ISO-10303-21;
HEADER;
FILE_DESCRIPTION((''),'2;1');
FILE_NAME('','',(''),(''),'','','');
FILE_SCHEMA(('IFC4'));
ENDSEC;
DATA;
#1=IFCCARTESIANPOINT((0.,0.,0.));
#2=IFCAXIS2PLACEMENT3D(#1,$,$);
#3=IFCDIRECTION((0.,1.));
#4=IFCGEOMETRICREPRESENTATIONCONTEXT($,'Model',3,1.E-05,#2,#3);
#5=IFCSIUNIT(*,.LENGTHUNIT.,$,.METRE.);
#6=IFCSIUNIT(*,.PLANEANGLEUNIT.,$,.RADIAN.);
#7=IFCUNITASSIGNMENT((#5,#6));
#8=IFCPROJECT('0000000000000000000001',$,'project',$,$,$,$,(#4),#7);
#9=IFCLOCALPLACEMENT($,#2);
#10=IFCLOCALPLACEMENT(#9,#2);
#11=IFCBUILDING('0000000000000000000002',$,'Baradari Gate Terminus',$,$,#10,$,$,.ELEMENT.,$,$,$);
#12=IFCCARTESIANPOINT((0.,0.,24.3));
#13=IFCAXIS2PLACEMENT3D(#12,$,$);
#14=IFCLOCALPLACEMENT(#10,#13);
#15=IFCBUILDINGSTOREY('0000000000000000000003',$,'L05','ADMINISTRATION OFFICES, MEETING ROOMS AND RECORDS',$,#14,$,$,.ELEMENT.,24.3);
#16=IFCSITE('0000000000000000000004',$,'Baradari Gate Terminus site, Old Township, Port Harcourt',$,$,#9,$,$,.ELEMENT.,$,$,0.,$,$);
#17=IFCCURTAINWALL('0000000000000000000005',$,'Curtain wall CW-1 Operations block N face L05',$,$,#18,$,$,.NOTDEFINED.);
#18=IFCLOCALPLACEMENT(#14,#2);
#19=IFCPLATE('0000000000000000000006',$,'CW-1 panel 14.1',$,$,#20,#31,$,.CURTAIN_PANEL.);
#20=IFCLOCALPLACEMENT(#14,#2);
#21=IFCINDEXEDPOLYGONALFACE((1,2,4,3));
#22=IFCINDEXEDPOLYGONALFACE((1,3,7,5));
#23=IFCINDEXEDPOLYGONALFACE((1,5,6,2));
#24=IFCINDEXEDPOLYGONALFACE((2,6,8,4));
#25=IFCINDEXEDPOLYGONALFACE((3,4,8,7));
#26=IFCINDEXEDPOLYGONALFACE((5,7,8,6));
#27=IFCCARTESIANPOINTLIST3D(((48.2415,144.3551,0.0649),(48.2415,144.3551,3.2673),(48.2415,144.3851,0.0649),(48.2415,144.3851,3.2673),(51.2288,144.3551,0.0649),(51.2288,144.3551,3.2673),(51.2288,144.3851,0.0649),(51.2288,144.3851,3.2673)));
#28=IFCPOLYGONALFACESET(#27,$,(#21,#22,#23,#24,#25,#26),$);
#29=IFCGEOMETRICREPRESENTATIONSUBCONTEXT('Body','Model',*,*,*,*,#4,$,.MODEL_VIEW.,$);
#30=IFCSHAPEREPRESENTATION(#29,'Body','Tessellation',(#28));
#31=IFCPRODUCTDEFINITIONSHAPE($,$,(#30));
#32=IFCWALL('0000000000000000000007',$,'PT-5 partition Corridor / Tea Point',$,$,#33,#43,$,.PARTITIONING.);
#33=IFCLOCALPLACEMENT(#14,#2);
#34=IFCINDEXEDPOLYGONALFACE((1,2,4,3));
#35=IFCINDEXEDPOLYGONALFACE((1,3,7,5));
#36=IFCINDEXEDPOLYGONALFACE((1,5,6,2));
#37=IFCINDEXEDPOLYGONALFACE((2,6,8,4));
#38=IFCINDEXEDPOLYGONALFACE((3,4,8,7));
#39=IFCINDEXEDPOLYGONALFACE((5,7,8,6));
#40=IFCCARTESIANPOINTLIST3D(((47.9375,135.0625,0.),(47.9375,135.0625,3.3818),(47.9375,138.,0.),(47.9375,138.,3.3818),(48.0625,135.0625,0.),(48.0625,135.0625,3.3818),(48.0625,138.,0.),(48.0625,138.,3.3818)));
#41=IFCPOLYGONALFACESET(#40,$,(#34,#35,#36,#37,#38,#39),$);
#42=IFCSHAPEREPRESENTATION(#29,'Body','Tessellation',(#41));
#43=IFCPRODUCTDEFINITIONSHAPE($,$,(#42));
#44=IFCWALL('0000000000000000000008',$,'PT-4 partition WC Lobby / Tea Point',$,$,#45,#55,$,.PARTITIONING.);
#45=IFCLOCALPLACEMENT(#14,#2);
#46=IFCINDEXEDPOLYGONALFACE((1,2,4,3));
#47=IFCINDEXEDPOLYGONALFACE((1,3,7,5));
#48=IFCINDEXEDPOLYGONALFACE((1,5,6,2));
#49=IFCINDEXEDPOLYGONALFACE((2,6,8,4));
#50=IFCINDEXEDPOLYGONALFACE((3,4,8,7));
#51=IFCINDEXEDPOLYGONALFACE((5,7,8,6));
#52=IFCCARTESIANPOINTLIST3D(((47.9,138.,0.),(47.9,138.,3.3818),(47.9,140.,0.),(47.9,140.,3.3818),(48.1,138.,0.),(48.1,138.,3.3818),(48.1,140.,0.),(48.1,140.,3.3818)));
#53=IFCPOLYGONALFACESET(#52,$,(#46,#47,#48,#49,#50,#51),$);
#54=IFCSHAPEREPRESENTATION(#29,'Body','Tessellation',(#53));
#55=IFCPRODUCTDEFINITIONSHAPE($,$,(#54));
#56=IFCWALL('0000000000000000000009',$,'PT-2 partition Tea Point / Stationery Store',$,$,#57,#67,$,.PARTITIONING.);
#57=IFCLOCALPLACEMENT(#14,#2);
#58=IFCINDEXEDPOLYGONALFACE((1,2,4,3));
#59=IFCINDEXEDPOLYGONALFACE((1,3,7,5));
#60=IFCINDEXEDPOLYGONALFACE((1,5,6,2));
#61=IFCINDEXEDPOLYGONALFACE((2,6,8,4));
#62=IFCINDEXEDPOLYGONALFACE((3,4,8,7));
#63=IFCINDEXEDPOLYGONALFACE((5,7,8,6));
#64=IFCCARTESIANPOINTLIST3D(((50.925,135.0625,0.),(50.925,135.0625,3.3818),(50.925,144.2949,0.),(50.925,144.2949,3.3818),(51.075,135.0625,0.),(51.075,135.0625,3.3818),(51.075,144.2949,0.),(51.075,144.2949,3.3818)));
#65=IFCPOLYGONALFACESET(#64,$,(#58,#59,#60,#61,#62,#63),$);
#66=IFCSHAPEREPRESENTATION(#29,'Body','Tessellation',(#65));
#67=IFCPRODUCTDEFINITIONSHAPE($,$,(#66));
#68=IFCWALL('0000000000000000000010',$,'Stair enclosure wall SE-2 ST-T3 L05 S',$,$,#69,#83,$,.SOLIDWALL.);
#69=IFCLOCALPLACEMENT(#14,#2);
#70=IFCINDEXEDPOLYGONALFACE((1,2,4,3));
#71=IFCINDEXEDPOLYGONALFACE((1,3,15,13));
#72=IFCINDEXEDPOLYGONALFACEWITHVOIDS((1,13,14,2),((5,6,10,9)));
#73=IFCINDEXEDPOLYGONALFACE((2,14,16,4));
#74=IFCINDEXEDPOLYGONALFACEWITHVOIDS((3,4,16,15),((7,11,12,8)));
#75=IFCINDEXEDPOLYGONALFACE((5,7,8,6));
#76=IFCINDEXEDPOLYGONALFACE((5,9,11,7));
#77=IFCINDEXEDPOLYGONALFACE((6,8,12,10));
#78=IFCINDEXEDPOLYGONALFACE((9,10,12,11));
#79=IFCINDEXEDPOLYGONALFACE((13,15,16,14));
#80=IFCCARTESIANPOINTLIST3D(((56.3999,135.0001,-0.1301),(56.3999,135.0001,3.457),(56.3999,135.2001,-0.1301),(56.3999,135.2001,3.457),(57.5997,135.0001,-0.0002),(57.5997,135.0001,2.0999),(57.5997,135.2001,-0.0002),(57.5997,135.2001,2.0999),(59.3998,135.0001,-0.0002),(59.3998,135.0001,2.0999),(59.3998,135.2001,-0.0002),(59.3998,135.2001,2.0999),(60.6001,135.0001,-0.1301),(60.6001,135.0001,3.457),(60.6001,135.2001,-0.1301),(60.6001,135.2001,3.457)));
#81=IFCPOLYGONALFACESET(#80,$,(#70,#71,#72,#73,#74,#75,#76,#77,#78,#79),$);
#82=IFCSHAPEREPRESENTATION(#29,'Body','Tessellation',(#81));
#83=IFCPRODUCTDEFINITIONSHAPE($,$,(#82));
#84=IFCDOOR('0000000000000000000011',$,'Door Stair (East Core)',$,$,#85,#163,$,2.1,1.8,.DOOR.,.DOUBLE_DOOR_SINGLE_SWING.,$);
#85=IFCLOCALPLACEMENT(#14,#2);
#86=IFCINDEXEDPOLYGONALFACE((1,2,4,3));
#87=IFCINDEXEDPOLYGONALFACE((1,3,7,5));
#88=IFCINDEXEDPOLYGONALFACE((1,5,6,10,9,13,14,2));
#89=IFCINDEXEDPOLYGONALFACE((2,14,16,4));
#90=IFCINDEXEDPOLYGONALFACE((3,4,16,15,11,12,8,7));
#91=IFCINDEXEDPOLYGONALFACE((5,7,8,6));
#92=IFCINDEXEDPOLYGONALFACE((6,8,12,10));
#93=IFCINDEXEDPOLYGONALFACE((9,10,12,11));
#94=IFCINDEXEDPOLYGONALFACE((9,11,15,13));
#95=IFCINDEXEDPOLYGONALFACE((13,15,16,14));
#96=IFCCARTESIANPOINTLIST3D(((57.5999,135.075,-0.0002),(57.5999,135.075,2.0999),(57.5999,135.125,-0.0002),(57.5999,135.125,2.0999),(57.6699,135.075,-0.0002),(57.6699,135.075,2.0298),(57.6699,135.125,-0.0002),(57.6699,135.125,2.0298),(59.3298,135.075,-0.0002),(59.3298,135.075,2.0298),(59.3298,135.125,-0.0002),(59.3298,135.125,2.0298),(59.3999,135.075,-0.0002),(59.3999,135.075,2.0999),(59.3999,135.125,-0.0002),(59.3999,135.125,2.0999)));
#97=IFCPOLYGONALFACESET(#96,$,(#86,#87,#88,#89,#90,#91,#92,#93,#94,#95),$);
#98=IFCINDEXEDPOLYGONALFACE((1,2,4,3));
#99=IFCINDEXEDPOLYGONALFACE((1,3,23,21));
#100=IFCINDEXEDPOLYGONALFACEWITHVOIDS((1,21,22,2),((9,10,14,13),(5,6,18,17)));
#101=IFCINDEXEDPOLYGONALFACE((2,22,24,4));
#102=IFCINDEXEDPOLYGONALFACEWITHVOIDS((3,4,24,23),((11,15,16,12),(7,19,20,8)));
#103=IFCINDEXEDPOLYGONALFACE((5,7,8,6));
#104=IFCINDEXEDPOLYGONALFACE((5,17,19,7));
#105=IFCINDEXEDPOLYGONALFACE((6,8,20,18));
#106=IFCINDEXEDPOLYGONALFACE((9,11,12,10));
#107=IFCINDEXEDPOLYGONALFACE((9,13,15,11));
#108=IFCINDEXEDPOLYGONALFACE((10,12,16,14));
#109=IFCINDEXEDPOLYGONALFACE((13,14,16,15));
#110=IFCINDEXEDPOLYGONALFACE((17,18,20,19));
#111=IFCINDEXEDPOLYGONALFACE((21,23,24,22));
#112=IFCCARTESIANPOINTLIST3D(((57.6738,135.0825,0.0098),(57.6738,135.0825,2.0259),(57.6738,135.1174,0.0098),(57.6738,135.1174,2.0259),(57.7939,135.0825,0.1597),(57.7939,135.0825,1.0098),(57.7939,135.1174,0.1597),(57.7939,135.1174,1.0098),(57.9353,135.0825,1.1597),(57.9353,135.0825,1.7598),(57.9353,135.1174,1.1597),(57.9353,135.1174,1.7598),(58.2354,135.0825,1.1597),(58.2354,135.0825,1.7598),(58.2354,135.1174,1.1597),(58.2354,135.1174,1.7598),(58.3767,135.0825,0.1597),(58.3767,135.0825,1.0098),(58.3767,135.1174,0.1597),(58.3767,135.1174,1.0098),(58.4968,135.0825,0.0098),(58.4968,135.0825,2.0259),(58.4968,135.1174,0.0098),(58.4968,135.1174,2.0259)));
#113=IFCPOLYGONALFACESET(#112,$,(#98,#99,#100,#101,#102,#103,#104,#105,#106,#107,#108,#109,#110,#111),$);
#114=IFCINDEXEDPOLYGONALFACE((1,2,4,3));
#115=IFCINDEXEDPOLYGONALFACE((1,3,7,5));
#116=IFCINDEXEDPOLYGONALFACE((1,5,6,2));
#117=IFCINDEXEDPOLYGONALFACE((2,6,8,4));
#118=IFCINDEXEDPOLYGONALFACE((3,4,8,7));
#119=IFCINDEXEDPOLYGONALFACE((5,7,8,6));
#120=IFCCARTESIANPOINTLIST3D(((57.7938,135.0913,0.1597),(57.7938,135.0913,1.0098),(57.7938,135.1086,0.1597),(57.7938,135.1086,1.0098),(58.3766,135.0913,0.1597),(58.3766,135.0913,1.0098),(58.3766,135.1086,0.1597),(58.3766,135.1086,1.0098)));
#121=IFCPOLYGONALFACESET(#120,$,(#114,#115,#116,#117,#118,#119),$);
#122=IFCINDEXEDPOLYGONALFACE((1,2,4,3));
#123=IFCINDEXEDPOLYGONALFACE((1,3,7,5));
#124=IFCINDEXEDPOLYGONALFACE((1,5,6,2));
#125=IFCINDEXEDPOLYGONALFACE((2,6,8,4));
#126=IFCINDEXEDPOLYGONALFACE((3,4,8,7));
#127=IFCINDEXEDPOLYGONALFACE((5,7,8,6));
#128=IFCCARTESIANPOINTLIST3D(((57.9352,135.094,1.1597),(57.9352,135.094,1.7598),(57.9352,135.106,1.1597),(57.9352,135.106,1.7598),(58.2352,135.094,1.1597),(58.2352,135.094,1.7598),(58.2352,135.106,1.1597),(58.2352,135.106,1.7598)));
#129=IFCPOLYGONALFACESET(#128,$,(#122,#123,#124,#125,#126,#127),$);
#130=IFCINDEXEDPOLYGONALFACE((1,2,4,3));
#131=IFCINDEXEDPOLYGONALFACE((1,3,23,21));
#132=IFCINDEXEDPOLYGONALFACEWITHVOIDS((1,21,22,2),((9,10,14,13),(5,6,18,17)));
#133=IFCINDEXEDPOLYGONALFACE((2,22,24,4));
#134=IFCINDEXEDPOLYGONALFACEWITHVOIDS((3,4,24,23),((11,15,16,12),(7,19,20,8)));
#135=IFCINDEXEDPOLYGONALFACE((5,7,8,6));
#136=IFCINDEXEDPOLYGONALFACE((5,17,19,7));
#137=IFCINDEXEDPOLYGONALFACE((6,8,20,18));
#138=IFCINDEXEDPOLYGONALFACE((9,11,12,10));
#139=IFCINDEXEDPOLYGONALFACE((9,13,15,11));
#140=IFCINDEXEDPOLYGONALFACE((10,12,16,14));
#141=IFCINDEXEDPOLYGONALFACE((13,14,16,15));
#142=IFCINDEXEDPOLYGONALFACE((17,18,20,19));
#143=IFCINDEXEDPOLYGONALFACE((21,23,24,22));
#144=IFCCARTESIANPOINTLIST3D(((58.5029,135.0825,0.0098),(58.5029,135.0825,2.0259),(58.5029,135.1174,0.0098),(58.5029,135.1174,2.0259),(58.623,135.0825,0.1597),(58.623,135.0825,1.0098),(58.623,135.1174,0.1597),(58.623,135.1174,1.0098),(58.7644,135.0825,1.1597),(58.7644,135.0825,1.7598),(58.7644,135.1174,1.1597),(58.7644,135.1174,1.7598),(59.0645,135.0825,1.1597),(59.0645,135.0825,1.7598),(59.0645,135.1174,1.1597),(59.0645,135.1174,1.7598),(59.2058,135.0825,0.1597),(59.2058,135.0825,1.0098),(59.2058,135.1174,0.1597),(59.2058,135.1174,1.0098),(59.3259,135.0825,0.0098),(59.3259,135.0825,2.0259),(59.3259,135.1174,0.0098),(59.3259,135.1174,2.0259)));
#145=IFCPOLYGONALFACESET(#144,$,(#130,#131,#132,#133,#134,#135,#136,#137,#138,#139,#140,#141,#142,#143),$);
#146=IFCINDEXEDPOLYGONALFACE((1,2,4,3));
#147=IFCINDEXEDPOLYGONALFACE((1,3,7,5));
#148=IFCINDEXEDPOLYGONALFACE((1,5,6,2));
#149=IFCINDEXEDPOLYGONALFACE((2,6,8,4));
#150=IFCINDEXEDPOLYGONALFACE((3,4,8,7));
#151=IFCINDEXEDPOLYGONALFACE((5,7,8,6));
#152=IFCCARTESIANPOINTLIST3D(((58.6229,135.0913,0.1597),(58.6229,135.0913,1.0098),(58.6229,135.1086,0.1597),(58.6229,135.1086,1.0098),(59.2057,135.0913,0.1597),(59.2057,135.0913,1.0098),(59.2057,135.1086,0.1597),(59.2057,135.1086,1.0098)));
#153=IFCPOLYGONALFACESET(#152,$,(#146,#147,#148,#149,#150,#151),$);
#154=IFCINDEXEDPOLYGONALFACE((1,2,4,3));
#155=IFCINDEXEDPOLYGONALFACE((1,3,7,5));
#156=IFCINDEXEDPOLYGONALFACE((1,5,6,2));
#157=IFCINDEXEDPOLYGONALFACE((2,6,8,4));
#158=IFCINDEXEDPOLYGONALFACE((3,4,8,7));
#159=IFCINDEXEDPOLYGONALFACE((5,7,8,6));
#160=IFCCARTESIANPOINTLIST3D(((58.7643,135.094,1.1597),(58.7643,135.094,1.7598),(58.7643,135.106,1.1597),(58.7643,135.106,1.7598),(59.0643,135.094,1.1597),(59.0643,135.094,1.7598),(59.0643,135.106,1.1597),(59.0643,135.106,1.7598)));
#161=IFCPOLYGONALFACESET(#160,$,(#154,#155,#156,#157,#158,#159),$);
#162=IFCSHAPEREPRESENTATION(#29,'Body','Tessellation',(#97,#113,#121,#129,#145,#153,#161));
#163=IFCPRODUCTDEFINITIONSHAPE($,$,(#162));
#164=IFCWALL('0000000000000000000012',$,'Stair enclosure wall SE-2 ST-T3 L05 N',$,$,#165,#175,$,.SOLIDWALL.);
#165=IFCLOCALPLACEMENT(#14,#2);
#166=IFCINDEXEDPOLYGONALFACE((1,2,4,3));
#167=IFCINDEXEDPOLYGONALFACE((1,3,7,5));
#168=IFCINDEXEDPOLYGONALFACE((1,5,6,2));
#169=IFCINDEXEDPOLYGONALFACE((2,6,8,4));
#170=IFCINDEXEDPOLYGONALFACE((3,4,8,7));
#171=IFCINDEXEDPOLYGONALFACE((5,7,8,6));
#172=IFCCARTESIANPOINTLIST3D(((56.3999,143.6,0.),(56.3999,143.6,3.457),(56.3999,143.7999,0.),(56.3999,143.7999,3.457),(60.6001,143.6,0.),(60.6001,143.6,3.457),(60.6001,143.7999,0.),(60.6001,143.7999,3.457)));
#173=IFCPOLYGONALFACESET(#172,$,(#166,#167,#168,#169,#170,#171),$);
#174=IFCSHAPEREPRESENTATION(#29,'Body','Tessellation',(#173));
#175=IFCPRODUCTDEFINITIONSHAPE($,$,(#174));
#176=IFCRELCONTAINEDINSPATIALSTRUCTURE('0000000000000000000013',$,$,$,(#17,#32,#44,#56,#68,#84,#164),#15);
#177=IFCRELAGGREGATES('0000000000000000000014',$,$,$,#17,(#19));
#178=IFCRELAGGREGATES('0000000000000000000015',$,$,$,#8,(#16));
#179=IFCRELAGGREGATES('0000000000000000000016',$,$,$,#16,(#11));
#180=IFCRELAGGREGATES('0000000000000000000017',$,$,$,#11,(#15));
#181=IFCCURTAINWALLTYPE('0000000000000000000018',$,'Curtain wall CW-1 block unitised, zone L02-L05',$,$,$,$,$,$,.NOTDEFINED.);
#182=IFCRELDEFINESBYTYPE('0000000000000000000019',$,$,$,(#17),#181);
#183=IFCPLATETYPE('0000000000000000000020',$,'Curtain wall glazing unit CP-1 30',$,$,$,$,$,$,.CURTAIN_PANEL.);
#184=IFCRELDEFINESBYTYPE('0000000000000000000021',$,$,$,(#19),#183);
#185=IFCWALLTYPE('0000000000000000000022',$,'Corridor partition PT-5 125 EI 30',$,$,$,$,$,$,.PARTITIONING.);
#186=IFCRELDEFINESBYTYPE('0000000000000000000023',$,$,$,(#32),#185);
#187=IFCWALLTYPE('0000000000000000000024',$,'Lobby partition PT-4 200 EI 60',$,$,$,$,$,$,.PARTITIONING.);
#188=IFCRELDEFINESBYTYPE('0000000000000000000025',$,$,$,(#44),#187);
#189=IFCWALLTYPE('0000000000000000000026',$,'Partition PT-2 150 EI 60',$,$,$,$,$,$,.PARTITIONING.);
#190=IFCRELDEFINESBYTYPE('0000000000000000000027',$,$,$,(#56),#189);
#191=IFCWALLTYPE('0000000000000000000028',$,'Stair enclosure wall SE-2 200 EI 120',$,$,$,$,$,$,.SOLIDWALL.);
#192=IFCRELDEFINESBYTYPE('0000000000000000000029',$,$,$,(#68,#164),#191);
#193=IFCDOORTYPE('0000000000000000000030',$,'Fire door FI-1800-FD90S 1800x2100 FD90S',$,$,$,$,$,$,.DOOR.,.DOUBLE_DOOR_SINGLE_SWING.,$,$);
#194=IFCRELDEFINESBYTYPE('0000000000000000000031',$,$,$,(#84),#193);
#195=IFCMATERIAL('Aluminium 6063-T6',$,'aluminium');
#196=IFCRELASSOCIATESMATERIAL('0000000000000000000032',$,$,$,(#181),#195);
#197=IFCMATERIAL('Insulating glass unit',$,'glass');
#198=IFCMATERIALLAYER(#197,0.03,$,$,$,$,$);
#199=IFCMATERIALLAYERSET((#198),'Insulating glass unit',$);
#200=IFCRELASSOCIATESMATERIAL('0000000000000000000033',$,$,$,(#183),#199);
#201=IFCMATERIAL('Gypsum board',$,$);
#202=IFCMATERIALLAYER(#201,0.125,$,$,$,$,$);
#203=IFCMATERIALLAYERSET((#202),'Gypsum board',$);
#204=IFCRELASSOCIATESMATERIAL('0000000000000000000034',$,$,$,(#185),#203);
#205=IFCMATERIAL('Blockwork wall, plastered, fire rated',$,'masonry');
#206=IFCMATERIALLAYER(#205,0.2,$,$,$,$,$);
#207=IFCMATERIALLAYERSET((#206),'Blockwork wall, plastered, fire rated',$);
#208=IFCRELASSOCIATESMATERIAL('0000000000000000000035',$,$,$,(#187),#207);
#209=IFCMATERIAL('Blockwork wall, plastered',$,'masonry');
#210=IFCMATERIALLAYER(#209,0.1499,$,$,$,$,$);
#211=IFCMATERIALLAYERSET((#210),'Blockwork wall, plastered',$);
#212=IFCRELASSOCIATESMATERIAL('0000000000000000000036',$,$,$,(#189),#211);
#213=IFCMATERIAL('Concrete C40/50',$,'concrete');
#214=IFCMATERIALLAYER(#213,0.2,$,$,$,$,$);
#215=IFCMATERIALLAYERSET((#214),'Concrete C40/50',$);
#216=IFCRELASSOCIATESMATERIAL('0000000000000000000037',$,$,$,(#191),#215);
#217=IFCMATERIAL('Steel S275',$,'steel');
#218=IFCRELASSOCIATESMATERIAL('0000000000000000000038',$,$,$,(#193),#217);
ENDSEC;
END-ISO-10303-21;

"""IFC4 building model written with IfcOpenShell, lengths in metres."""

from ifc_helpers import new_model, si_unit, direction, frame, frame_2d, origin, origin_2d, place, context, subcontext, project, spatial, polyline, rectangle, outline, extrude, material, layer, layer_set, type_object, element, fill, aggregate, save


model = new_model("IFC4")

# Units and contexts
model_context = context("Model", 3, precision=1e-05, world=origin(), true_north=direction((0.0, 1.0)))
body_context = subcontext(model_context, "Body", "Model", "MODEL_VIEW")
ifc_project = project(units=[si_unit("LENGTHUNIT", "METRE"), si_unit("PLANEANGLEUNIT", "RADIAN")], contexts=[model_context])

# Site, building, storey
site_placement = place(None, origin())
site = spatial("IfcSite", under=ifc_project, at=site_placement, Name="Baradari Gate Terminus site, Old Township, Port Harcourt", CompositionType="ELEMENT", RefElevation=0.0)
building_placement = place(site_placement, origin())
building = spatial("IfcBuilding", under=site, at=building_placement, Name="Baradari Gate Terminus", CompositionType="ELEMENT")
storey_placement = place(building_placement, frame((0.0, 0.0, 24.3)))
storey = spatial("IfcBuildingStorey", under=building, at=storey_placement, Name="L05", Description="ADMINISTRATION OFFICES, MEETING ROOMS AND RECORDS", CompositionType="ELEMENT", Elevation=24.3)

# Curtain wall
ifc_material_1 = material(Name="Aluminium 6063-T6", Category="aluminium")
curtain_wall_type = type_object("IfcCurtainWallType", Name="Curtain wall CW-1 block unitised, zone L02-L05", PredefinedType="NOTDEFINED", material=ifc_material_1)
curtain_wall_placement = place(storey_placement, origin())
curtain_wall = element("IfcCurtainWall", 1, at=curtain_wall_placement, inside=storey, type_object=curtain_wall_type, Name="Curtain wall CW-1 Operations block N face L05", PredefinedType="NOTDEFINED")

# Plate
ifc_material_2 = material(Name="Insulating glass unit", Category="glass")
ifc_layer_1 = layer(ifc_material_2, 0.03)
ifc_layer_set_1 = layer_set([ifc_layer_1], Name="Insulating glass unit")
plate_type = type_object("IfcPlateType", Name="Curtain wall glazing unit CP-1 30", PredefinedType="CURTAIN_PANEL", material=ifc_layer_set_1)
plate_placement = place(storey_placement, frame((49.7351, 144.3701, 0.0649), z_axis=(0.0, 0.0, 1.0), x_axis=(1.0, 0.0, 0.0)))
plate = element("IfcPlate", 2, at=plate_placement, type_object=plate_type, Name="CW-1 panel 14.1", PredefinedType="CURTAIN_PANEL", context=body_context, shape_type="SweptSolid", body=[
    extrude(rectangle(XDim=2.9873, YDim=0.03, at=origin_2d()), origin(), (0.0, 0.0, 1.0), 3.2024),
])
aggregate(curtain_wall, [plate])

# Walls
ifc_material_3 = material(Name="Gypsum board")
ifc_layer_2 = layer(ifc_material_3, 0.125)
ifc_layer_set_2 = layer_set([ifc_layer_2], Name="Gypsum board")
wall_type_1 = type_object("IfcWallType", Name="Corridor partition PT-5 125 EI 30", PredefinedType="PARTITIONING", material=ifc_layer_set_2)
wall_1_placement = place(storey_placement, frame((48.0, 138.0, 0.0), z_axis=(0.0, 0.0, 1.0), x_axis=(0.0, -1.0, 0.0)))
element("IfcWall", 3, at=wall_1_placement, inside=storey, type_object=wall_type_1, Name="PT-5 partition Corridor / Tea Point", PredefinedType="PARTITIONING", context=body_context, shape_type="SweptSolid", body=[
    extrude(rectangle(XDim=2.9375, YDim=0.125, at=frame_2d((1.4688, 0.0))), origin(), (0.0, 0.0, 1.0), 3.3818),
])
ifc_material_4 = material(Name="Blockwork wall, plastered, fire rated", Category="masonry")
ifc_layer_3 = layer(ifc_material_4, 0.2)
ifc_layer_set_3 = layer_set([ifc_layer_3], Name="Blockwork wall, plastered, fire rated")
wall_type_2 = type_object("IfcWallType", Name="Lobby partition PT-4 200 EI 60", PredefinedType="PARTITIONING", material=ifc_layer_set_3)
wall_2_placement = place(storey_placement, frame((48.0, 140.0, 0.0), z_axis=(0.0, 0.0, 1.0), x_axis=(0.0, -1.0, 0.0)))
element("IfcWall", 4, at=wall_2_placement, inside=storey, type_object=wall_type_2, Name="PT-4 partition WC Lobby / Tea Point", PredefinedType="PARTITIONING", context=body_context, shape_type="SweptSolid", body=[
    extrude(rectangle(XDim=2.0, YDim=0.2, at=frame_2d((1.0, 0.0))), origin(), (0.0, 0.0, 1.0), 3.3818),
])
ifc_material_5 = material(Name="Blockwork wall, plastered", Category="masonry")
ifc_layer_4 = layer(ifc_material_5, 0.1499)
ifc_layer_set_4 = layer_set([ifc_layer_4], Name="Blockwork wall, plastered")
wall_type_3 = type_object("IfcWallType", Name="Partition PT-2 150 EI 60", PredefinedType="PARTITIONING", material=ifc_layer_set_4)
wall_3_placement = place(storey_placement, frame((51.0, 144.2949, 0.0), z_axis=(0.0, 0.0, 1.0), x_axis=(0.0, -1.0, 0.0)))
element("IfcWall", 5, at=wall_3_placement, inside=storey, type_object=wall_type_3, Name="PT-2 partition Tea Point / Stationery Store", PredefinedType="PARTITIONING", context=body_context, shape_type="SweptSolid", body=[
    extrude(rectangle(XDim=9.2324, YDim=0.1499, at=frame_2d((4.6162, 0.0))), origin(), (0.0, 0.0, 1.0), 3.3818),
])

# Wall, opening, door
ifc_material_6 = material(Name="Concrete C40/50", Category="concrete")
ifc_layer_5 = layer(ifc_material_6, 0.2)
ifc_layer_set_5 = layer_set([ifc_layer_5], Name="Concrete C40/50")
wall_type_4 = type_object("IfcWallType", Name="Stair enclosure wall SE-2 200 EI 120", PredefinedType="SOLIDWALL", material=ifc_layer_set_5)
wall_4_placement = place(storey_placement, frame((56.3999, 135.1001, -0.1301), z_axis=(0.0, 0.0, 1.0), x_axis=(1.0, 0.0, 0.0)))
wall_4 = element("IfcWall", 6, at=wall_4_placement, inside=storey, type_object=wall_type_4, Name="Stair enclosure wall SE-2 ST-T3 L05 S", PredefinedType="SOLIDWALL", context=body_context, shape_type="SweptSolid", body=[
    extrude(rectangle(XDim=4.2002, YDim=0.2, at=frame_2d((2.1001, 0.0))), origin(), (0.0, 0.0, 1.0), 3.5872),
])
opening_1_placement = place(wall_4_placement, frame((1.2, 0.0, 0.1299)))
opening_1 = element("IfcOpeningElement", 7, at=opening_1_placement, cuts=wall_4, PredefinedType="OPENING", context=body_context, shape_type="SweptSolid", body=[
    extrude(rectangle(XDim=1.8, YDim=2.1001, at=frame_2d((0.8999, 1.05))), frame((0.0, 0.1099, 0.0), z_axis=(0.0, -1.0, 0.0), x_axis=(1.0, 0.0, 0.0)), (0.0, 0.0, 1.0), 0.22),
])
ifc_material_7 = material(Name="Steel S275", Category="steel")
door_type = type_object("IfcDoorType", Name="Fire door FI-1800-FD90S 1800x2100 FD90S", OperationType="DOUBLE_DOOR_SINGLE_SWING", PredefinedType="DOOR", material=ifc_material_7)
door_1_placement = place(opening_1_placement, origin())
door_1 = element("IfcDoor", 8, at=door_1_placement, inside=storey, type_object=door_type, Name="Door Stair (East Core)", OperationType="DOUBLE_DOOR_SINGLE_SWING", OverallHeight=2.1, OverallWidth=1.8, PredefinedType="DOOR", context=body_context, shape_type="SweptSolid", body=[
    extrude(outline(polyline([(0.0, 0.0), (0.0701, 0.0), (0.0701, 2.03), (1.73, 2.03), (1.73, 0.0), (1.8, 0.0), (1.8, 2.1001), (0.0, 2.1001), (0.0, 0.0)])), frame((0.0, 0.0249, 0.0), z_axis=(0.0, -1.0, 0.0), x_axis=(1.0, 0.0, 0.0)), (0.0, 0.0, 1.0), 0.05),
    extrude(outline(polyline([(0.074, 0.01), (0.897, 0.01), (0.897, 2.0261), (0.074, 2.0261), (0.074, 0.01)]), holes=[polyline([(0.1941, 0.1599), (0.7769, 0.1599), (0.7769, 1.01), (0.1941, 1.01), (0.1941, 0.1599)]), polyline([(0.3354, 1.1599), (0.6355, 1.1599), (0.6355, 1.76), (0.3354, 1.76), (0.3354, 1.1599)])]), frame((0.0, 0.0173, 0.0), z_axis=(0.0, -1.0, 0.0), x_axis=(1.0, 0.0, 0.0)), (0.0, 0.0, 1.0), 0.0349),
    extrude(rectangle(XDim=0.5828, YDim=0.8501, at=frame_2d((0.4854, 0.585))), frame((0.0, 0.0085, 0.0), z_axis=(0.0, -1.0, 0.0), x_axis=(1.0, 0.0, 0.0)), (0.0, 0.0, 1.0), 0.0173),
    extrude(rectangle(XDim=0.3, YDim=0.6001, at=frame_2d((0.4854, 1.46))), frame((0.0, 0.0059, 0.0), z_axis=(0.0, -1.0, 0.0), x_axis=(1.0, 0.0, 0.0)), (0.0, 0.0, 1.0), 0.012),
    extrude(outline(polyline([(0.9031, 0.01), (1.7261, 0.01), (1.7261, 2.0261), (0.9031, 2.0261), (0.9031, 0.01)]), holes=[polyline([(1.0232, 0.1599), (1.606, 0.1599), (1.606, 1.01), (1.0232, 1.01), (1.0232, 0.1599)]), polyline([(1.1646, 1.1599), (1.4646, 1.1599), (1.4646, 1.76), (1.1646, 1.76), (1.1646, 1.1599)])]), frame((0.0, 0.0173, 0.0), z_axis=(0.0, -1.0, 0.0), x_axis=(1.0, 0.0, 0.0)), (0.0, 0.0, 1.0), 0.0349),
    extrude(rectangle(XDim=0.5828, YDim=0.8501, at=frame_2d((1.3145, 0.585))), frame((0.0, 0.0085, 0.0), z_axis=(0.0, -1.0, 0.0), x_axis=(1.0, 0.0, 0.0)), (0.0, 0.0, 1.0), 0.0173),
    extrude(rectangle(XDim=0.3, YDim=0.6001, at=frame_2d((1.3145, 1.46))), frame((0.0, 0.0059, 0.0), z_axis=(0.0, -1.0, 0.0), x_axis=(1.0, 0.0, 0.0)), (0.0, 0.0, 1.0), 0.012),
])
fill(opening_1, door_1)

# Wall
wall_5_placement = place(storey_placement, frame((56.3999, 143.7, 0.0), z_axis=(0.0, 0.0, 1.0), x_axis=(1.0, 0.0, 0.0)))
element("IfcWall", 9, at=wall_5_placement, inside=storey, type_object=wall_type_4, Name="Stair enclosure wall SE-2 ST-T3 L05 N", PredefinedType="SOLIDWALL", context=body_context, shape_type="SweptSolid", body=[
    extrude(rectangle(XDim=4.2002, YDim=0.2, at=frame_2d((2.1001, 0.0))), origin(), (0.0, 0.0, 1.0), 3.457),
])

save(model, "model.ifc")
